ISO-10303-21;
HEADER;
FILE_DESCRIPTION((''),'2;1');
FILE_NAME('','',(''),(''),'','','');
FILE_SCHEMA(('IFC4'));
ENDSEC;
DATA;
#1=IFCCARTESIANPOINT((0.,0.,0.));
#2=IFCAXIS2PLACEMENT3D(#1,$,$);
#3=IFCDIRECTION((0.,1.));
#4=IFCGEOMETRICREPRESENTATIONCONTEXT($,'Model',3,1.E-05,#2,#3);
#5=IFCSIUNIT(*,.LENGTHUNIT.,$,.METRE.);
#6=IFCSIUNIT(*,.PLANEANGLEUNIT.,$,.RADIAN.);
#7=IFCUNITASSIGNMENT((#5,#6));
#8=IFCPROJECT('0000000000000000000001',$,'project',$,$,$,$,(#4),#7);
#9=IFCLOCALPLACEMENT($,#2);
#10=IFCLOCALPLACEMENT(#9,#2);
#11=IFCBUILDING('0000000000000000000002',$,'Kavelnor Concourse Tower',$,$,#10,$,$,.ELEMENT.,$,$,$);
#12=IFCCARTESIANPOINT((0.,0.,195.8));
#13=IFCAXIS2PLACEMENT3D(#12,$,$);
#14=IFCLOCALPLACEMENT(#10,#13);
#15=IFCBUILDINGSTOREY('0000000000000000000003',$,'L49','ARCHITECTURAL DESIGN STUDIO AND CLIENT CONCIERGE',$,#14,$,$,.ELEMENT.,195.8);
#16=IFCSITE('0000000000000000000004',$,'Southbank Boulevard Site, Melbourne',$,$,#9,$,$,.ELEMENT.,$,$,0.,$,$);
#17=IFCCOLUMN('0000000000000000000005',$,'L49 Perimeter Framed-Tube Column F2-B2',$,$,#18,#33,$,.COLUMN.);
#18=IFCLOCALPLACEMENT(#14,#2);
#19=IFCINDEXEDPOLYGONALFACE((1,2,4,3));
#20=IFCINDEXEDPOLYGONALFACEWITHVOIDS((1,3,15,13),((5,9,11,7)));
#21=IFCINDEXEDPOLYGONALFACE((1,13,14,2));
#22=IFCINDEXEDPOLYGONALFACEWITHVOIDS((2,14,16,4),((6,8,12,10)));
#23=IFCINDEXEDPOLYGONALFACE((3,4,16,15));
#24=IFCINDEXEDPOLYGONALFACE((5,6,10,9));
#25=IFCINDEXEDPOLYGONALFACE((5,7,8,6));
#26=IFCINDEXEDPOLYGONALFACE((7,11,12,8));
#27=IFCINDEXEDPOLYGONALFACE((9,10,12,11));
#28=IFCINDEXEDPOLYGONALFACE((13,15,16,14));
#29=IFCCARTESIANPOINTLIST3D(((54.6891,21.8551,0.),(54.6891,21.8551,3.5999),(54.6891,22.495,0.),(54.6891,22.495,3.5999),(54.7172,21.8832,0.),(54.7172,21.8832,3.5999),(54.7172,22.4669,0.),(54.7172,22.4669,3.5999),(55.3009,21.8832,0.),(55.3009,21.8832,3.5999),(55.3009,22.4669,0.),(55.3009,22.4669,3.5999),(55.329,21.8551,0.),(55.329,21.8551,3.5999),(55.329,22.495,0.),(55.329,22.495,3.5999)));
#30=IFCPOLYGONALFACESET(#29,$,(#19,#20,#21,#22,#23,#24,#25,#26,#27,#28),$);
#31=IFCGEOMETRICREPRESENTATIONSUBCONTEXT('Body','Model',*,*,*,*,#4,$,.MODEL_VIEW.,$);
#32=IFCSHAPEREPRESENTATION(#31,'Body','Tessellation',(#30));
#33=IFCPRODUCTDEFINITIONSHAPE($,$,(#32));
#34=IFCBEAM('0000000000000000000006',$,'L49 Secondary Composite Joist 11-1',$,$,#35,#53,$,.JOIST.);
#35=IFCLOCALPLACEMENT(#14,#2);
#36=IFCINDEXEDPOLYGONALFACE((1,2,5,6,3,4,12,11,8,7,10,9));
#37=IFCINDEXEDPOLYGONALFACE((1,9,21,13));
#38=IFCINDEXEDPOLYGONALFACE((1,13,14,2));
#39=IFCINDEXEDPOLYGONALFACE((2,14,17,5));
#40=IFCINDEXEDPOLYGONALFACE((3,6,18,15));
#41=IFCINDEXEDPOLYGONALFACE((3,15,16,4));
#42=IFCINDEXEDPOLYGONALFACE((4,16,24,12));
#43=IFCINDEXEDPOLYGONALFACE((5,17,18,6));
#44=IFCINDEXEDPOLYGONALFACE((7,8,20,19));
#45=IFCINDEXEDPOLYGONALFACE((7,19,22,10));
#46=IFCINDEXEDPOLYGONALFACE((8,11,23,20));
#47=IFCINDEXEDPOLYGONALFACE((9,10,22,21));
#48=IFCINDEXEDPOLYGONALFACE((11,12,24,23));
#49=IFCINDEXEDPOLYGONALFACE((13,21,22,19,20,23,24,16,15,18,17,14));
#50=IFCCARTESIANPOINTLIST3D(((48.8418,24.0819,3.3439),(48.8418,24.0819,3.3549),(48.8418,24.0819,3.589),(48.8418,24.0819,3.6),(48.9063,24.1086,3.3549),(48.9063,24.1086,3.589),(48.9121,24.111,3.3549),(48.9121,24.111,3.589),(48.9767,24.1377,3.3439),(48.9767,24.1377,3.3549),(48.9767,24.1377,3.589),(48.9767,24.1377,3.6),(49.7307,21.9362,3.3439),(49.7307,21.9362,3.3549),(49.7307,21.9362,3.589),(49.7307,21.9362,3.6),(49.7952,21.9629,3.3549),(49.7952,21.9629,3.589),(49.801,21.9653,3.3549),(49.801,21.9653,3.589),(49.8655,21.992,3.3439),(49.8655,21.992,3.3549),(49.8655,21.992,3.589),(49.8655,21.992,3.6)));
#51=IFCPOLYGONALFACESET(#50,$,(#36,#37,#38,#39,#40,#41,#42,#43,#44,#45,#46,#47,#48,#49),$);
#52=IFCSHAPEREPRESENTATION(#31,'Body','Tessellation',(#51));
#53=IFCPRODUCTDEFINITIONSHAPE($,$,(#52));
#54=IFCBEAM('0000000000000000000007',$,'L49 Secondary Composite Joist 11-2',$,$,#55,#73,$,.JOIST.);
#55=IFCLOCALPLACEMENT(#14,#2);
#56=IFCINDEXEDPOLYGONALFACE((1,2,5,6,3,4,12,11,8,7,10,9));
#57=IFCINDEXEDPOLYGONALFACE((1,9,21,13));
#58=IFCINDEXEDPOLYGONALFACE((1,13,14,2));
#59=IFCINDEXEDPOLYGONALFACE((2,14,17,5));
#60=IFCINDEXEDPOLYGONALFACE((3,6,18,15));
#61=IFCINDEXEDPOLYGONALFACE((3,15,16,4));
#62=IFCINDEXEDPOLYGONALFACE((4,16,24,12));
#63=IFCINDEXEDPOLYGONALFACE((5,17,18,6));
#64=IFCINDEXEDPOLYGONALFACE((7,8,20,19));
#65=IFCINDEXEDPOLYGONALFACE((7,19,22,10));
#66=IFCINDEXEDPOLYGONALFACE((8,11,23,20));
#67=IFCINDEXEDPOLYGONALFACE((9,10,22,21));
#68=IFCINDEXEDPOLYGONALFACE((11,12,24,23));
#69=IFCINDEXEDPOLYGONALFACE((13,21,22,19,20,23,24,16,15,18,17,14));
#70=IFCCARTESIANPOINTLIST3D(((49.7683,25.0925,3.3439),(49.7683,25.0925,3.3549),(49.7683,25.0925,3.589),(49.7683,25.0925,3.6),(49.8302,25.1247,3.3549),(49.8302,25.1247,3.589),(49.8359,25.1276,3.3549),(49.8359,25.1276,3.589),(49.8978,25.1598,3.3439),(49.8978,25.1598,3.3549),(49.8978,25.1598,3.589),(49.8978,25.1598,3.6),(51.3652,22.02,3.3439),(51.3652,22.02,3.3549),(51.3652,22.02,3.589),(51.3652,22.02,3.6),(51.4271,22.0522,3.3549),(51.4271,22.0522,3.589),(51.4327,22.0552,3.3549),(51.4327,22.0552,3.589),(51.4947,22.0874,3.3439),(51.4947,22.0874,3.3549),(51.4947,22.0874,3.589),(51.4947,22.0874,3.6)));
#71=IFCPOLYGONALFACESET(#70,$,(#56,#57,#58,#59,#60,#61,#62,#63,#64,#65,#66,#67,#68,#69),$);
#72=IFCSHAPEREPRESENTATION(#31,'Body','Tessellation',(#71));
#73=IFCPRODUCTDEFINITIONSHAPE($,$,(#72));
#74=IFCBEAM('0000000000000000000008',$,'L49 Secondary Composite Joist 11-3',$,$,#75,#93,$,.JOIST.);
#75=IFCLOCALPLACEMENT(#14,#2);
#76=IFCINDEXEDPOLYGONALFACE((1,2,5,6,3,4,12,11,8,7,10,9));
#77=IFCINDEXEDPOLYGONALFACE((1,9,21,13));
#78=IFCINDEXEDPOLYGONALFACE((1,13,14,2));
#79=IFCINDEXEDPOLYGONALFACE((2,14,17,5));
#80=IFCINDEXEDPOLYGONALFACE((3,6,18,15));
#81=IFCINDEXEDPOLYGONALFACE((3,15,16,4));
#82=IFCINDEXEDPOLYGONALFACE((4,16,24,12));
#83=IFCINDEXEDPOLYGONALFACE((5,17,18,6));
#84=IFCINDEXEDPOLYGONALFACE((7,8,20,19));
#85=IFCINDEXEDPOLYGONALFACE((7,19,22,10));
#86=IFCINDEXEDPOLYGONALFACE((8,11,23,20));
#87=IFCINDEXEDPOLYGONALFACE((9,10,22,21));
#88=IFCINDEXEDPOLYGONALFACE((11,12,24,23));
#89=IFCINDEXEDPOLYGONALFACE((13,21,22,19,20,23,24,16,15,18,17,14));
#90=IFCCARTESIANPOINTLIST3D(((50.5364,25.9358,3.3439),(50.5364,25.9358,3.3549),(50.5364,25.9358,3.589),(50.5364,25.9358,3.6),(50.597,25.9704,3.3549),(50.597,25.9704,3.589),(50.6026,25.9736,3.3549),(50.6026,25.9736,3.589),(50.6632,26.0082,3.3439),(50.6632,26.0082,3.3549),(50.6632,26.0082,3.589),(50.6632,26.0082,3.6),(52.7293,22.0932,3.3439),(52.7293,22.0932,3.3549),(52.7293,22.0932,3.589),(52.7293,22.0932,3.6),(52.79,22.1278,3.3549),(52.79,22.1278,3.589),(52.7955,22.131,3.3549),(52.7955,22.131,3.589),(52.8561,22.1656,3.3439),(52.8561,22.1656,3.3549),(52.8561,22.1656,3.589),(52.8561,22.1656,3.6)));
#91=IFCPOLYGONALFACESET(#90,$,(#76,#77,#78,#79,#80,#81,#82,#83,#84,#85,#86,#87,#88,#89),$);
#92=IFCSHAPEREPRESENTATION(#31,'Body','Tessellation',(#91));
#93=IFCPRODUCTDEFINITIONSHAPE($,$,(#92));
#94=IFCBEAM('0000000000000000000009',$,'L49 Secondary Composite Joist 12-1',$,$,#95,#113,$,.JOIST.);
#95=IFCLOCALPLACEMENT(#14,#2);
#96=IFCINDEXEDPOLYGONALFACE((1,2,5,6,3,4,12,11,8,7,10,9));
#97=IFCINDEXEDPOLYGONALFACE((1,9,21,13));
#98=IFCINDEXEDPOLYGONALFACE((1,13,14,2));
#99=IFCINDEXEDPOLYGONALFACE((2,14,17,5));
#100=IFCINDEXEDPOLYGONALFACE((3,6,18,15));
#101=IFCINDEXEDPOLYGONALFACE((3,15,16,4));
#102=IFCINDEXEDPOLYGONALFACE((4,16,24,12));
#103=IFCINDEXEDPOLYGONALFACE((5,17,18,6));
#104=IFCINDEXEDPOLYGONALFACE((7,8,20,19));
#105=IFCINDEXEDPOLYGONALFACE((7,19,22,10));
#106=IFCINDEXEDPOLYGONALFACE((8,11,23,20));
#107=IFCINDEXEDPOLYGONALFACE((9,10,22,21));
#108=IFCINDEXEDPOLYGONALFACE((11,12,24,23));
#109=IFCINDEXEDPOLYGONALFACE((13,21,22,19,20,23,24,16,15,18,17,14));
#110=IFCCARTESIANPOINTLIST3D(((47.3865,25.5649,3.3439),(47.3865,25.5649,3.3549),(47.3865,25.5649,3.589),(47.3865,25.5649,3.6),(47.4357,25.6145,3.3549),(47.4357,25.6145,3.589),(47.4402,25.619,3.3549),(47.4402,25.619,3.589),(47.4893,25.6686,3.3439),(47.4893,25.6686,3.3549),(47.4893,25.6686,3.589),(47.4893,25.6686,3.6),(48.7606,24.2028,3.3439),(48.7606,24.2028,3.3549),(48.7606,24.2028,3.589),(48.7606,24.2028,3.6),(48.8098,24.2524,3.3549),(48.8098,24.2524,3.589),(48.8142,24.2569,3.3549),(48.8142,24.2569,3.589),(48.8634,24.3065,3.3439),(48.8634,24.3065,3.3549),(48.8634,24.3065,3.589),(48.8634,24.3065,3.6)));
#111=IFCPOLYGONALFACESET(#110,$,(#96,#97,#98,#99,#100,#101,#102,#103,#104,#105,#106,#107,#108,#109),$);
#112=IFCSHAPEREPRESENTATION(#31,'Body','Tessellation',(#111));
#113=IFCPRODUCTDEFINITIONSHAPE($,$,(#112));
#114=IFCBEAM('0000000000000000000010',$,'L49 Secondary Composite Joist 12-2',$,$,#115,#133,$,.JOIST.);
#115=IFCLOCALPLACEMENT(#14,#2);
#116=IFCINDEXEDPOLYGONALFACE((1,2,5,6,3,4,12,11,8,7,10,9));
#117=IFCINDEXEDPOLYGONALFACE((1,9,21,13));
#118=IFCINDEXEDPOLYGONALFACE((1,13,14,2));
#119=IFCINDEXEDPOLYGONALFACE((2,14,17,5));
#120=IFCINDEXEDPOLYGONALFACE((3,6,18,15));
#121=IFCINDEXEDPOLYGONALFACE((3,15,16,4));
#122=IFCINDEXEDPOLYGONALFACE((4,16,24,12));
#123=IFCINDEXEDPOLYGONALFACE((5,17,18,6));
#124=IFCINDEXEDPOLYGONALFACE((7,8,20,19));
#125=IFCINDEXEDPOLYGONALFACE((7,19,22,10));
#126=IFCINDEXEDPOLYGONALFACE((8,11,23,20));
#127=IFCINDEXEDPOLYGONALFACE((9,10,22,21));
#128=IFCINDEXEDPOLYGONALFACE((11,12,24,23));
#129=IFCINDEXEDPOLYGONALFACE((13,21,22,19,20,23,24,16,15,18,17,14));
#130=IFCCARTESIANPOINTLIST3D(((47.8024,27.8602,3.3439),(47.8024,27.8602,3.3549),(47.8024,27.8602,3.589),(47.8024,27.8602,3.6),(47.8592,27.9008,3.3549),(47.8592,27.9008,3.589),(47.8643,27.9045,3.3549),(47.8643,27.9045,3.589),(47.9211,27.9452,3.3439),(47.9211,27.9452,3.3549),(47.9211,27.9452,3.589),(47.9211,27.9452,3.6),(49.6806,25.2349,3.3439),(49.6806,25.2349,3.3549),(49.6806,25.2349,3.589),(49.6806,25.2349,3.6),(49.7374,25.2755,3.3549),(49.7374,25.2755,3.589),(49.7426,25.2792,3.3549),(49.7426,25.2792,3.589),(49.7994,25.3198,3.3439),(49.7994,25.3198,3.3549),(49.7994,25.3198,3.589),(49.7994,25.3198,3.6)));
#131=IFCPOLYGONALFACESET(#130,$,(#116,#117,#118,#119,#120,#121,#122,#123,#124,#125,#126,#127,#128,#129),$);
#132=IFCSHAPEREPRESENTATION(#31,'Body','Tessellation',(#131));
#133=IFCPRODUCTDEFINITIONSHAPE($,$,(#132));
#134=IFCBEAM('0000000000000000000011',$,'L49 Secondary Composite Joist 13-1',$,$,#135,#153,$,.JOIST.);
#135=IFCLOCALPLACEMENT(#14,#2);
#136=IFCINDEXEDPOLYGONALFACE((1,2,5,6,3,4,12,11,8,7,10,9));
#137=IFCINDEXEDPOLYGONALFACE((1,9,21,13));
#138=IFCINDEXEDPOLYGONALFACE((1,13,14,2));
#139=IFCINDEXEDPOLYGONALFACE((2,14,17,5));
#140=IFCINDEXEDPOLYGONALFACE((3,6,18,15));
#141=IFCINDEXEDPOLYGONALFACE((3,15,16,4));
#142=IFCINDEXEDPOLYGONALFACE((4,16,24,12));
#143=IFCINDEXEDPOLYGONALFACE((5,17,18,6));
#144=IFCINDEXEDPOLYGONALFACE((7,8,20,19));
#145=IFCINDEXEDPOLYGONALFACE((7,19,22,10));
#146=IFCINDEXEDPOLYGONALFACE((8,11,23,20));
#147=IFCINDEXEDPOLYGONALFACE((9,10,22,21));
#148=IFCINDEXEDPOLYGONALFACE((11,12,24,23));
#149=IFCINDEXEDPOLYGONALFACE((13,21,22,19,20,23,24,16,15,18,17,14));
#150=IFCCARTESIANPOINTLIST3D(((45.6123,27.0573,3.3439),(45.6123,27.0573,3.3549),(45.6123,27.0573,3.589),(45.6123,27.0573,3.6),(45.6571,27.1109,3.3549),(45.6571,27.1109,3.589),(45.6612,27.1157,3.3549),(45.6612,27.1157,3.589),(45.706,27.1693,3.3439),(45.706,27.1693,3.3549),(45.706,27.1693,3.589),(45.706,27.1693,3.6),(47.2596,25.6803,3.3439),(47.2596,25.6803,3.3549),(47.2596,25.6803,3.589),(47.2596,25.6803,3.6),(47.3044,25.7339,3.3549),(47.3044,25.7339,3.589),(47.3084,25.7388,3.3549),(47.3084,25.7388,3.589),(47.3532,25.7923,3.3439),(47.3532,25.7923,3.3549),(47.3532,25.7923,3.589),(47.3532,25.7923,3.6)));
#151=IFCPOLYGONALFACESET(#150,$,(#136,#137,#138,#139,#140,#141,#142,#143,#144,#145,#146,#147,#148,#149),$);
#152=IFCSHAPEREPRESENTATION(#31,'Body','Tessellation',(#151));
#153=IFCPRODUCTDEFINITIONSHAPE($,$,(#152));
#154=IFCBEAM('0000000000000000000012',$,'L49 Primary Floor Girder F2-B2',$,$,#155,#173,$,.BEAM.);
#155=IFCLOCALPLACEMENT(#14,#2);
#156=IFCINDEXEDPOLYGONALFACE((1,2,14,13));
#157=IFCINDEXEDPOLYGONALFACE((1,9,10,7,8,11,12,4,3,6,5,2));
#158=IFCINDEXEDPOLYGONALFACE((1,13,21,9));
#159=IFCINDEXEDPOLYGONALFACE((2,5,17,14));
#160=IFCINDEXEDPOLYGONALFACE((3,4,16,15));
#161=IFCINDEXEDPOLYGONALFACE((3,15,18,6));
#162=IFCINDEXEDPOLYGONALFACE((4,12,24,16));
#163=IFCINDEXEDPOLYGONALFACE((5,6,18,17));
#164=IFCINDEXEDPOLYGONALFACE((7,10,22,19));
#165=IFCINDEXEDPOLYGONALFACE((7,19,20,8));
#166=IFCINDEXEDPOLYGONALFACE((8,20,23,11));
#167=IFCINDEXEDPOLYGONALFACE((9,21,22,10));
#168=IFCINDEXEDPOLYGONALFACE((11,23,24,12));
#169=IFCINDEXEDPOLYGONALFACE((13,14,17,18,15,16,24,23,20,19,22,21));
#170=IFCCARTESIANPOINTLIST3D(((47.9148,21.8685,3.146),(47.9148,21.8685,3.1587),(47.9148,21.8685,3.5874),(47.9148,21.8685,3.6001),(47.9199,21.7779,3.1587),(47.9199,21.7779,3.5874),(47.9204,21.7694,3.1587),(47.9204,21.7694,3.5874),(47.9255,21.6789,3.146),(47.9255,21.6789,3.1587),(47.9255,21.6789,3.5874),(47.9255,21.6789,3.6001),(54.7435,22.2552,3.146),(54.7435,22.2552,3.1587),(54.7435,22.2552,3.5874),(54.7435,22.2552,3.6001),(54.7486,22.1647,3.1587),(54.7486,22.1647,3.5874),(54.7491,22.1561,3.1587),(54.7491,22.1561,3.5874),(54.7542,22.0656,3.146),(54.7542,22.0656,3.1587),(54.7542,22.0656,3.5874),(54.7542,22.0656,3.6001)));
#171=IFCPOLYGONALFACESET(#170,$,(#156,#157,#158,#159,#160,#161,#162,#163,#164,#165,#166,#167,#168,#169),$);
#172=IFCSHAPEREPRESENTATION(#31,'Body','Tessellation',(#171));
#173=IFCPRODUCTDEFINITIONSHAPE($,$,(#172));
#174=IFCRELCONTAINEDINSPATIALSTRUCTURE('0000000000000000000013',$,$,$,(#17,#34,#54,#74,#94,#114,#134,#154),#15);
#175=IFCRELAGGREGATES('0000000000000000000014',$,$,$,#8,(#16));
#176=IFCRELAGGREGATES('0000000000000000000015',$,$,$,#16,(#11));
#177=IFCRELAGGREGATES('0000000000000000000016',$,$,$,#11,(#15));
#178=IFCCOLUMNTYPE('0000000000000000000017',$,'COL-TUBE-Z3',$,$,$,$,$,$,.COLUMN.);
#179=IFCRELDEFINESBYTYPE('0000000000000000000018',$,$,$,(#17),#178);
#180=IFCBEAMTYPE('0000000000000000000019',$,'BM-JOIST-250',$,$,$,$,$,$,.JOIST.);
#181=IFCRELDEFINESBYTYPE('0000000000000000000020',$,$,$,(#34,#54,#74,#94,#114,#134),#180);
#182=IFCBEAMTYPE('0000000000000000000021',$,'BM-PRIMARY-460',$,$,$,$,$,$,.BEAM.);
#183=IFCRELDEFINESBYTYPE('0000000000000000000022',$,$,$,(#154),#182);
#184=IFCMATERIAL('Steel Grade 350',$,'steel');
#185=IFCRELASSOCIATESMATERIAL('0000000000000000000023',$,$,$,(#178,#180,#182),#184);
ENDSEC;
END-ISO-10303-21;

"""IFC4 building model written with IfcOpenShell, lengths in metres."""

from ifc_helpers import new_model, si_unit, direction, frame, origin, origin_2d, place, context, subcontext, project, spatial, hollow_rectangle, i_section, extrude, material, material_profile, profile_set, type_object, element, save


model = new_model("IFC4")

# Units and contexts
model_context = context("Model", 3, precision=1e-05, world=origin(), true_north=direction((0.0, 1.0)))
body_context = subcontext(model_context, "Body", "Model", "MODEL_VIEW")
ifc_project = project(units=[si_unit("LENGTHUNIT", "METRE"), si_unit("PLANEANGLEUNIT", "RADIAN")], contexts=[model_context])

# Site, building, storey
site_placement = place(None, origin())
site = spatial("IfcSite", under=ifc_project, at=site_placement, Name="Southbank Boulevard Site, Melbourne", CompositionType="ELEMENT", RefElevation=0.0)
building_placement = place(site_placement, origin())
building = spatial("IfcBuilding", under=site, at=building_placement, Name="Kavelnor Concourse Tower", CompositionType="ELEMENT")
storey_placement = place(building_placement, frame((0.0, 0.0, 195.8)))
storey = spatial("IfcBuildingStorey", under=building, at=storey_placement, Name="L49", Description="ARCHITECTURAL DESIGN STUDIO AND CLIENT CONCIERGE", CompositionType="ELEMENT", Elevation=195.8)

# Column
ifc_material_1 = material(Name="Steel Grade 350", Category="steel")
ifc_material_profile_1 = material_profile(ifc_material_1, hollow_rectangle(XDim=0.6399, YDim=0.6399, WallThickness=0.0281, at=origin_2d()), Name="SHS 640x640x28")
ifc_profile_set_1 = profile_set([ifc_material_profile_1], Name="Steel Grade 350")
column_type = type_object("IfcColumnType", Name="COL-TUBE-Z3", PredefinedType="COLUMN", material=ifc_profile_set_1)
column_placement = place(storey_placement, frame((55.009, 22.175, 0.0), z_axis=(0.0, 0.0, 1.0), x_axis=(1.0, 0.0, 0.0)))
element("IfcColumn", 1, at=column_placement, inside=storey, type_object=column_type, Name="L49 Perimeter Framed-Tube Column F2-B2", PredefinedType="COLUMN", context=body_context, shape_type="SweptSolid", body=[
    extrude(hollow_rectangle(XDim=0.6399, YDim=0.6399, WallThickness=0.0281, at=origin_2d()), origin(), (0.0, 0.0, 1.0), 3.5999),
])

# Beams
ifc_material_profile_2 = material_profile(ifc_material_1, i_section(OverallWidth=0.146, OverallDepth=0.2561, WebThickness=0.0063, FlangeThickness=0.011, at=origin_2d()), Name="250UB37")
ifc_profile_set_2 = profile_set([ifc_material_profile_2], Name="Steel Grade 350")
beam_type_1 = type_object("IfcBeamType", Name="BM-JOIST-250", PredefinedType="JOIST", material=ifc_profile_set_2)
beam_1_placement = place(storey_placement, frame((49.7981, 21.9641, 3.4719), z_axis=(-0.382726, 0.923862, 0.0), x_axis=(-0.923862, -0.382726, 0.0)))
element("IfcBeam", 2, at=beam_1_placement, inside=storey, type_object=beam_type_1, Name="L49 Secondary Composite Joist 11-1", PredefinedType="JOIST", context=body_context, shape_type="SweptSolid", body=[
    extrude(i_section(OverallWidth=0.146, OverallDepth=0.2561, WebThickness=0.0063, FlangeThickness=0.011, at=origin_2d()), origin(), (0.0, 0.0, 1.0), 2.3225),
])
beam_2_placement = place(storey_placement, frame((51.4299, 22.0537, 3.4719), z_axis=(-0.461175, 0.887309, 0.0), x_axis=(-0.887309, -0.461175, 0.0)))
element("IfcBeam", 3, at=beam_2_placement, inside=storey, type_object=beam_type_1, Name="L49 Secondary Composite Joist 11-2", PredefinedType="JOIST", context=body_context, shape_type="SweptSolid", body=[
    extrude(i_section(OverallWidth=0.146, OverallDepth=0.2561, WebThickness=0.0063, FlangeThickness=0.011, at=origin_2d()), origin(), (0.0, 0.0, 1.0), 3.4626),
])
beam_3_placement = place(storey_placement, frame((52.7927, 22.1294, 3.4719), z_axis=(-0.495652, 0.868521, 0.0), x_axis=(-0.868521, -0.495652, 0.0)))
element("IfcBeam", 4, at=beam_3_placement, inside=storey, type_object=beam_type_1, Name="L49 Secondary Composite Joist 11-3", PredefinedType="JOIST", context=body_context, shape_type="SweptSolid", body=[
    extrude(i_section(OverallWidth=0.146, OverallDepth=0.2561, WebThickness=0.0063, FlangeThickness=0.011, at=origin_2d()), origin(), (0.0, 0.0, 1.0), 4.4243),
])
beam_4_placement = place(storey_placement, frame((48.812, 24.2546, 3.4719), z_axis=(-0.710192, 0.704008, 0.0), x_axis=(-0.704008, -0.710192, 0.0)))
element("IfcBeam", 5, at=beam_4_placement, inside=storey, type_object=beam_type_1, Name="L49 Secondary Composite Joist 12-1", PredefinedType="JOIST", context=body_context, shape_type="SweptSolid", body=[
    extrude(i_section(OverallWidth=0.146, OverallDepth=0.2561, WebThickness=0.0063, FlangeThickness=0.011, at=origin_2d()), origin(), (0.0, 0.0, 1.0), 1.9348),
])
beam_5_placement = place(storey_placement, frame((49.74, 25.2773, 3.4719), z_axis=(-0.581853, 0.813294, 0.0), x_axis=(-0.813294, -0.581853, 0.0)))
element("IfcBeam", 6, at=beam_5_placement, inside=storey, type_object=beam_type_1, Name="L49 Secondary Composite Joist 12-2", PredefinedType="JOIST", context=body_context, shape_type="SweptSolid", body=[
    extrude(i_section(OverallWidth=0.146, OverallDepth=0.2561, WebThickness=0.0063, FlangeThickness=0.011, at=origin_2d()), origin(), (0.0, 0.0, 1.0), 3.228),
])
beam_6_placement = place(storey_placement, frame((47.3064, 25.7363, 3.4719), z_axis=(-0.767242, 0.641358, 0.0), x_axis=(-0.641358, -0.767242, 0.0)))
element("IfcBeam", 7, at=beam_6_placement, inside=storey, type_object=beam_type_1, Name="L49 Secondary Composite Joist 13-1", PredefinedType="JOIST", context=body_context, shape_type="SweptSolid", body=[
    extrude(i_section(OverallWidth=0.146, OverallDepth=0.2561, WebThickness=0.0063, FlangeThickness=0.011, at=origin_2d()), origin(), (0.0, 0.0, 1.0), 2.147),
])
ifc_material_profile_3 = material_profile(ifc_material_1, i_section(OverallWidth=0.1899, OverallDepth=0.4541, WebThickness=0.0085, FlangeThickness=0.0127, at=origin_2d()), Name="460UB67")
ifc_profile_set_3 = profile_set([ifc_material_profile_3], Name="Steel Grade 350")
beam_type_2 = type_object("IfcBeamType", Name="BM-PRIMARY-460", PredefinedType="BEAM", material=ifc_profile_set_3)
beam_7_placement = place(storey_placement, frame((47.9202, 21.7737, 3.373), z_axis=(0.9984, 0.056542, 0.0), x_axis=(-0.056542, 0.9984, 0.0)))
element("IfcBeam", 8, at=beam_7_placement, inside=storey, type_object=beam_type_2, Name="L49 Primary Floor Girder F2-B2", PredefinedType="BEAM", context=body_context, shape_type="SweptSolid", body=[
    extrude(i_section(OverallWidth=0.1899, OverallDepth=0.4541, WebThickness=0.0085, FlangeThickness=0.0127, at=origin_2d()), origin(), (0.0, 0.0, 1.0), 6.8396),
])

save(model, "model.ifc")
